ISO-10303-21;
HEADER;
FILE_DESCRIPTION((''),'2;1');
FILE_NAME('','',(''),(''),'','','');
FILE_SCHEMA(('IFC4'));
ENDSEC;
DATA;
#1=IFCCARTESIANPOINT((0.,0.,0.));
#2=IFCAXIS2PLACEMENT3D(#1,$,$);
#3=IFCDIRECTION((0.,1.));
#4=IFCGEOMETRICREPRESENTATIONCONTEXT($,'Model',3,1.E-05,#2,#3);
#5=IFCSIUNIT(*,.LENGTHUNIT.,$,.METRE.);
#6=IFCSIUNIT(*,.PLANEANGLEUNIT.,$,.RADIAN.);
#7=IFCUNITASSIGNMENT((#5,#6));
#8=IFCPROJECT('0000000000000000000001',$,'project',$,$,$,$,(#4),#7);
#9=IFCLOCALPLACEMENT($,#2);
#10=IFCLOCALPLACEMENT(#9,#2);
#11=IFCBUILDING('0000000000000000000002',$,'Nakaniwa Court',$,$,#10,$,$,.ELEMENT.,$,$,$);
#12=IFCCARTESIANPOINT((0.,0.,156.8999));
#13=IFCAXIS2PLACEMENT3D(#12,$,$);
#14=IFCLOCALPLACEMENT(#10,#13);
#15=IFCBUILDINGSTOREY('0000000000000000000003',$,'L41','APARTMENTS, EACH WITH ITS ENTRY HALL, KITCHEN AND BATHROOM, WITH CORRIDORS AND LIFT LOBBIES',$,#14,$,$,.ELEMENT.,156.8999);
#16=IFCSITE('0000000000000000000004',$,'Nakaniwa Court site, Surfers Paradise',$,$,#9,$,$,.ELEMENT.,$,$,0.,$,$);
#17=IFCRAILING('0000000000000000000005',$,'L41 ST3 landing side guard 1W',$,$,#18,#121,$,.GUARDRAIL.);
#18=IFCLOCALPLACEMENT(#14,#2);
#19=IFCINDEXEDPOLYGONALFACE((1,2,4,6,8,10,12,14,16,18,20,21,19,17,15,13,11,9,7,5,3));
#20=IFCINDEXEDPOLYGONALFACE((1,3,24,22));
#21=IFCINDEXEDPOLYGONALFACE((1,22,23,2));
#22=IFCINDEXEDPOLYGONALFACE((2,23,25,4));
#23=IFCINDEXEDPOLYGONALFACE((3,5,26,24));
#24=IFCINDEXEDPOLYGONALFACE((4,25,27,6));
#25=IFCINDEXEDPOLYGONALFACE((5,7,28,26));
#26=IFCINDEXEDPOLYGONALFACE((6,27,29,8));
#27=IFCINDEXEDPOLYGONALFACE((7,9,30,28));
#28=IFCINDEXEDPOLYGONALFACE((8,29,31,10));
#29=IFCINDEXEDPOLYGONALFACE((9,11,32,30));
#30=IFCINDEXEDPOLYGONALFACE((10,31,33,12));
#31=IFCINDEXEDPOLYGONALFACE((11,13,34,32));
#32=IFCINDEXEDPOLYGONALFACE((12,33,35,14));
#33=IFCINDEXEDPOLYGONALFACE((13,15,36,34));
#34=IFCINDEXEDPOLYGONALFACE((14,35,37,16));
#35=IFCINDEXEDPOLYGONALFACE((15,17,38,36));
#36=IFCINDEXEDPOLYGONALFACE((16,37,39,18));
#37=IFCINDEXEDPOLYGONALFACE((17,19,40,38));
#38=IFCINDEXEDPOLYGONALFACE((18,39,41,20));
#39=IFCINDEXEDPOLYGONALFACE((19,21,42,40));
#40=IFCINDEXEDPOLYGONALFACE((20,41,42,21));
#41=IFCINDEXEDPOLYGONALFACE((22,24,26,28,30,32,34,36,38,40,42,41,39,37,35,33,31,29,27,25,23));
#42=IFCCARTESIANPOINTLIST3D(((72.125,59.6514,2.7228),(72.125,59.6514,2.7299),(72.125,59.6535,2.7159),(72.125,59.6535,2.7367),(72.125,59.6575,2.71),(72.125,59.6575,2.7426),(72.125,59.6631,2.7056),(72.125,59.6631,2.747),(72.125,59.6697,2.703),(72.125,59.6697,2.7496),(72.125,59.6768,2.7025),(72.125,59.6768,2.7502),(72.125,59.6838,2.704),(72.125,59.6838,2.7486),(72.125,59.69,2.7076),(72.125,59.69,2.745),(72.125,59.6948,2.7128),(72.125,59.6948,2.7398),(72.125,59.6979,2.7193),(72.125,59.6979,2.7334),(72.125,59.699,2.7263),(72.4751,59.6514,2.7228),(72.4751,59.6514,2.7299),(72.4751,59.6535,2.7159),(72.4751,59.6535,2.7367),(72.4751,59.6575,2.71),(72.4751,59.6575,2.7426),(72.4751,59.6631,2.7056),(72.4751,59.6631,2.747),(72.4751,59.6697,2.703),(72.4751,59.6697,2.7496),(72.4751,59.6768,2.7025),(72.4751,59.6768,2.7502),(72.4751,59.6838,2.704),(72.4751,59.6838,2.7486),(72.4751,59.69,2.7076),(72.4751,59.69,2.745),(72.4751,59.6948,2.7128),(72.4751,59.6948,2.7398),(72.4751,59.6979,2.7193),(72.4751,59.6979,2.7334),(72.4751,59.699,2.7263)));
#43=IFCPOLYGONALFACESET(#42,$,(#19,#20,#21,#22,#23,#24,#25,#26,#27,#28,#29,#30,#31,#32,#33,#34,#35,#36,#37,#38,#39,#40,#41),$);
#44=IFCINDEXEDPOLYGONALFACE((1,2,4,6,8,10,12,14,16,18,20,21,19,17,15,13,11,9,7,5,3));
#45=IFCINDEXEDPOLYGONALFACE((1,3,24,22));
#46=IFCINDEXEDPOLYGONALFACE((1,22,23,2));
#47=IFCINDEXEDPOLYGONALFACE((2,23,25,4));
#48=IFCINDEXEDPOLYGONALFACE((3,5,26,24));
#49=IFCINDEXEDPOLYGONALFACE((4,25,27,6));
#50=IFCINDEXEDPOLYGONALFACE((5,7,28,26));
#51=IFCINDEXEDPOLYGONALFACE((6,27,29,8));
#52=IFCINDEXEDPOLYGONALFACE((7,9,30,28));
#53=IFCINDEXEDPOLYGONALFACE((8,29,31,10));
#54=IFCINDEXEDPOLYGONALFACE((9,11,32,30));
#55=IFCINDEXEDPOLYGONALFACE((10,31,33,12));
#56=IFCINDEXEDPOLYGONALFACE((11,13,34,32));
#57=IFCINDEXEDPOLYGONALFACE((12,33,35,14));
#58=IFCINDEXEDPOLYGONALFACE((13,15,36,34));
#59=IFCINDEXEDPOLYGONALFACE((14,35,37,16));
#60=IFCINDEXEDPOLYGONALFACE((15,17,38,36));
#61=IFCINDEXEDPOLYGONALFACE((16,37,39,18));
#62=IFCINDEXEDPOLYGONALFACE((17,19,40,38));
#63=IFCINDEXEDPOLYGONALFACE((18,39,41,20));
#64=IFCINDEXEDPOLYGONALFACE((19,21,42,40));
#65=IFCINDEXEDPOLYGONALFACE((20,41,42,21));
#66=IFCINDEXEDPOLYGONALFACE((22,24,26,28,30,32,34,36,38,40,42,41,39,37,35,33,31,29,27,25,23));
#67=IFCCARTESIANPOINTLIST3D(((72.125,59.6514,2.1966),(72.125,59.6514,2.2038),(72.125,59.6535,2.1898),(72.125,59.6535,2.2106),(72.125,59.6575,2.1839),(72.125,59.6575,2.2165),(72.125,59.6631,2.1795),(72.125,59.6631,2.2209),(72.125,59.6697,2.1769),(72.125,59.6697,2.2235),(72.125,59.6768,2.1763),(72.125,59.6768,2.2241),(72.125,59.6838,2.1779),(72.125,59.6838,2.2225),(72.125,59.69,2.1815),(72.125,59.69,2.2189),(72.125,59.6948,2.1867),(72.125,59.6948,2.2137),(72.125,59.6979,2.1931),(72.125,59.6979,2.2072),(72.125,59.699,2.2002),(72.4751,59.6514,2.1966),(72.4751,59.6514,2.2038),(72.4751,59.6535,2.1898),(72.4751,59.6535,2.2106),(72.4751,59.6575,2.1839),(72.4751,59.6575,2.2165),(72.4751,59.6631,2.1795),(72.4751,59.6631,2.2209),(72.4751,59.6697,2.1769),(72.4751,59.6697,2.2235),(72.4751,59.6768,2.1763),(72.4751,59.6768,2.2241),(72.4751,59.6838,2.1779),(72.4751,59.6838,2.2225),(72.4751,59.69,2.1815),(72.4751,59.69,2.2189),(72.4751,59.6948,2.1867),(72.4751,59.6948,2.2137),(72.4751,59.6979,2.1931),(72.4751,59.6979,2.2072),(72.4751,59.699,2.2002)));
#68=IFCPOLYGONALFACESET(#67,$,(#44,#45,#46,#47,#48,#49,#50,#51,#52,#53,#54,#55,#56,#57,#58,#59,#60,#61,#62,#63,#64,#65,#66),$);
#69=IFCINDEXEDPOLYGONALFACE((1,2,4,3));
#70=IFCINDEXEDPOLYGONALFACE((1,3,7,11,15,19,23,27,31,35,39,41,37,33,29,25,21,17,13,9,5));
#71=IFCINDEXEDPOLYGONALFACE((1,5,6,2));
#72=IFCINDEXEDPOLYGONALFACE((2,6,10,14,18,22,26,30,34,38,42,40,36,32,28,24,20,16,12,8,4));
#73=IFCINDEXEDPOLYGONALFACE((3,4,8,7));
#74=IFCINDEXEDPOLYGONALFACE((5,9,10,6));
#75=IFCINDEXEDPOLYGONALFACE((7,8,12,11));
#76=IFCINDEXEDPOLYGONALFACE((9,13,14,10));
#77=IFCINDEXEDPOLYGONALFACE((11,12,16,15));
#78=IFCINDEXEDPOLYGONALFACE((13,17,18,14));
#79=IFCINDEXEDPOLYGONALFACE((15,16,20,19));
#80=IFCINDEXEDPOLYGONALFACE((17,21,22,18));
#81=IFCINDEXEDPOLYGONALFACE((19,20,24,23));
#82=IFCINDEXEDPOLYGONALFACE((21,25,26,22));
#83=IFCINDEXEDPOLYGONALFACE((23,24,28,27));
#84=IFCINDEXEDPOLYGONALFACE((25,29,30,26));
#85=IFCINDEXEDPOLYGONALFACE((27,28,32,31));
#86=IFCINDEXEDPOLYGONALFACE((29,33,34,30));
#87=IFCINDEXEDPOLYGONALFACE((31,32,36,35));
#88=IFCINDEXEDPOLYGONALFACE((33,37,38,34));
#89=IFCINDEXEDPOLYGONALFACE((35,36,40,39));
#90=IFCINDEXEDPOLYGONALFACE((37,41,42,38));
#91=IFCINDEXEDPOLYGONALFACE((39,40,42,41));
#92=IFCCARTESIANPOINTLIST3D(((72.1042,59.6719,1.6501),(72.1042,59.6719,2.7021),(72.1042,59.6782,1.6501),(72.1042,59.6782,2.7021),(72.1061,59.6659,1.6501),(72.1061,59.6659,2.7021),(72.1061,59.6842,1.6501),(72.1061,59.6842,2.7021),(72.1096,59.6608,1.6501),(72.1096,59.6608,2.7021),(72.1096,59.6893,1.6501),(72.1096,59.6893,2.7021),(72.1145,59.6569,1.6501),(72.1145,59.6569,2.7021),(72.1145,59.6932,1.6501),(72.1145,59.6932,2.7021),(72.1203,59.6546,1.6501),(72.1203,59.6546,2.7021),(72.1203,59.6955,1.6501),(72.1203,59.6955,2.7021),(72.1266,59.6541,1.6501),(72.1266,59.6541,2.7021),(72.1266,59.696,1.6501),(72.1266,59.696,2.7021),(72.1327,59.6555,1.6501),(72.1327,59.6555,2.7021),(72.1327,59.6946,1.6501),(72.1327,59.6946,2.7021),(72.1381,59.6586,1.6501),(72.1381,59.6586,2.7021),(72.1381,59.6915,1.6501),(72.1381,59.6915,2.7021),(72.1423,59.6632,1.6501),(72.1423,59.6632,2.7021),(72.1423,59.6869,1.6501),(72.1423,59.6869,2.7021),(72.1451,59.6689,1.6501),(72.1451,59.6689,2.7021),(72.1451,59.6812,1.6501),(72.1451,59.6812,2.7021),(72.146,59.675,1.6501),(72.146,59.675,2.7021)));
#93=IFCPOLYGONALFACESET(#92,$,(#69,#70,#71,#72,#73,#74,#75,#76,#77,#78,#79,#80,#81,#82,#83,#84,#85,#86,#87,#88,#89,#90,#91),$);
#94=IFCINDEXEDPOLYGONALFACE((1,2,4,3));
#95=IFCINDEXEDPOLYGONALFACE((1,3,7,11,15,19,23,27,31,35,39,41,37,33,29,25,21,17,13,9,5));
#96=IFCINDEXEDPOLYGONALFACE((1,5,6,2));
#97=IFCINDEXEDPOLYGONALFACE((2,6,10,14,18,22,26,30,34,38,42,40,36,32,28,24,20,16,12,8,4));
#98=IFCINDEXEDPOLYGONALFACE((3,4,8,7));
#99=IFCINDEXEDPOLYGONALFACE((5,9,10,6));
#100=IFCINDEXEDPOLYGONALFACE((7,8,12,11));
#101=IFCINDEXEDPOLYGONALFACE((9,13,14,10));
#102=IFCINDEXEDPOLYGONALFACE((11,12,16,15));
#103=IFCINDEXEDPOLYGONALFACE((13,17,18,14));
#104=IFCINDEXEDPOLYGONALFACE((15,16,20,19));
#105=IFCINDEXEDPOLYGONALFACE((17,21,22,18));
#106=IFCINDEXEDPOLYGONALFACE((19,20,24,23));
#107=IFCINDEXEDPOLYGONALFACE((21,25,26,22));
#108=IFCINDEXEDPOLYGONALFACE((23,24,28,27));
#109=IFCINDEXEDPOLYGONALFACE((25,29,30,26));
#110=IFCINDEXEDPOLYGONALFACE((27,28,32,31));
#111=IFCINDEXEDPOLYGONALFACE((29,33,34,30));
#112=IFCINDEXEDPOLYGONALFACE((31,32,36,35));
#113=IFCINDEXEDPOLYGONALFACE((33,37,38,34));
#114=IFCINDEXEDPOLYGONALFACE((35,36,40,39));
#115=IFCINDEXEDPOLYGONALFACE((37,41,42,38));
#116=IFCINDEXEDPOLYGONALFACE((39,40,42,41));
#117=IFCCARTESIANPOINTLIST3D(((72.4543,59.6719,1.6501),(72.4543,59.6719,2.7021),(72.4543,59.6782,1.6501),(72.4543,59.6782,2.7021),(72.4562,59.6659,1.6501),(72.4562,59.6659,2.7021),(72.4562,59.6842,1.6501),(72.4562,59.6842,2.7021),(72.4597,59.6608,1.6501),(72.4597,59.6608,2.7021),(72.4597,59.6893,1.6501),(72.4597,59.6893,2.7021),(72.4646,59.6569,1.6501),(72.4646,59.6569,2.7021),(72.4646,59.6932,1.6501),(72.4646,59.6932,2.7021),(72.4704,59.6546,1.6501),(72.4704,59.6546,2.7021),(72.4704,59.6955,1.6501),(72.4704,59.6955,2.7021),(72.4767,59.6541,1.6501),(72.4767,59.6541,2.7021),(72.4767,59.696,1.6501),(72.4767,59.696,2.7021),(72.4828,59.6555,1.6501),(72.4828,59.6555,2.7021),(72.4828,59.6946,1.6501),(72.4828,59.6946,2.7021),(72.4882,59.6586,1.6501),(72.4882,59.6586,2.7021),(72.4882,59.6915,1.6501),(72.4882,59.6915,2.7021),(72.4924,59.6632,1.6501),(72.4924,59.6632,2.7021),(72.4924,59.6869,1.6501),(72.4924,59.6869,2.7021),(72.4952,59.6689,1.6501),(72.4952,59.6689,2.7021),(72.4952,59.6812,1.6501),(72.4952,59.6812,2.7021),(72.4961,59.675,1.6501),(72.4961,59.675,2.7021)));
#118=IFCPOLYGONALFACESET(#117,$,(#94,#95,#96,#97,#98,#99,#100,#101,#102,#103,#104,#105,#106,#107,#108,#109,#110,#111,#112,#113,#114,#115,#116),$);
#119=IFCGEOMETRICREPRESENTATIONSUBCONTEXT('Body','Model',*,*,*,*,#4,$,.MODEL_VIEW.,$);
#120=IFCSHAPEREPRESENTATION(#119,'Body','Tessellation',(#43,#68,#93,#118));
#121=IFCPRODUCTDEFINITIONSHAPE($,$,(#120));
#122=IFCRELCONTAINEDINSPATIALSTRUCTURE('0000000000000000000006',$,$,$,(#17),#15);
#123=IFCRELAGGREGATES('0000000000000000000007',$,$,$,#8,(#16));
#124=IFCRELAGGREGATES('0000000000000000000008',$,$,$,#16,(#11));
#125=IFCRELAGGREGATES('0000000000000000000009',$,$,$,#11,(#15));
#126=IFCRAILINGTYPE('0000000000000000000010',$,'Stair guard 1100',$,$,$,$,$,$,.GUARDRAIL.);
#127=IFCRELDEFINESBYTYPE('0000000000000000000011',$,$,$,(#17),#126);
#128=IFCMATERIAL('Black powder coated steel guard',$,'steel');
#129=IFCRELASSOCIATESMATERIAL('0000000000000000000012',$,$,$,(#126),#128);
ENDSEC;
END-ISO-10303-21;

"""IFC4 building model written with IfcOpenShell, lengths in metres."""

from ifc_helpers import new_model, si_unit, direction, frame, origin, origin_2d, place, context, subcontext, project, spatial, circle, extrude, material, type_object, element, save


model = new_model("IFC4")

# Units and contexts
model_context = context("Model", 3, precision=1e-05, world=origin(), true_north=direction((0.0, 1.0)))
body_context = subcontext(model_context, "Body", "Model", "MODEL_VIEW")
ifc_project = project(units=[si_unit("LENGTHUNIT", "METRE"), si_unit("PLANEANGLEUNIT", "RADIAN")], contexts=[model_context])

# Site, building, storey
site_placement = place(None, origin())
site = spatial("IfcSite", under=ifc_project, at=site_placement, Name="Nakaniwa Court site, Surfers Paradise", CompositionType="ELEMENT", RefElevation=0.0)
building_placement = place(site_placement, origin())
building = spatial("IfcBuilding", under=site, at=building_placement, Name="Nakaniwa Court", CompositionType="ELEMENT")
storey_placement = place(building_placement, frame((0.0, 0.0, 156.8999)))
storey = spatial("IfcBuildingStorey", under=building, at=storey_placement, Name="L41", Description="APARTMENTS, EACH WITH ITS ENTRY HALL, KITCHEN AND BATHROOM, WITH CORRIDORS AND LIFT LOBBIES", CompositionType="ELEMENT", Elevation=156.8999)

# Railing
ifc_material_1 = material(Name="Black powder coated steel guard", Category="steel")
railing_type_1 = type_object("IfcRailingType", Name="Stair guard 1100", PredefinedType="GUARDRAIL", material=ifc_material_1)
for number, where, name in (
    (1, (72.125, 59.675, 1.6501), "L41 ST3 landing side guard 1W"),
):
    element("IfcRailing", number, at=place(storey_placement, frame(where)), inside=storey, type_object=railing_type_1, Name=name, PredefinedType="GUARDRAIL", context=body_context, shape_type="SweptSolid", body=[
        extrude(circle(Radius=0.0239, at=origin_2d()), frame((0.0, 0.0, 1.0762), z_axis=(1.0, 0.0, 0.0), x_axis=(0.0, 1.0, 0.0)), (0.0, 0.0, 1.0), 0.3501),
        extrude(circle(Radius=0.0239, at=origin_2d()), frame((0.0, 0.0, 0.55), z_axis=(1.0, 0.0, 0.0), x_axis=(0.0, 1.0, 0.0)), (0.0, 0.0, 1.0), 0.3501),
        extrude(circle(Radius=0.021, at=origin_2d()), origin(), (0.0, 0.0, 1.0), 1.052),
        extrude(circle(Radius=0.021, at=origin_2d()), frame((0.3501, 0.0, 0.0)), (0.0, 0.0, 1.0), 1.052),
    ])

save(model, "model.ifc")
